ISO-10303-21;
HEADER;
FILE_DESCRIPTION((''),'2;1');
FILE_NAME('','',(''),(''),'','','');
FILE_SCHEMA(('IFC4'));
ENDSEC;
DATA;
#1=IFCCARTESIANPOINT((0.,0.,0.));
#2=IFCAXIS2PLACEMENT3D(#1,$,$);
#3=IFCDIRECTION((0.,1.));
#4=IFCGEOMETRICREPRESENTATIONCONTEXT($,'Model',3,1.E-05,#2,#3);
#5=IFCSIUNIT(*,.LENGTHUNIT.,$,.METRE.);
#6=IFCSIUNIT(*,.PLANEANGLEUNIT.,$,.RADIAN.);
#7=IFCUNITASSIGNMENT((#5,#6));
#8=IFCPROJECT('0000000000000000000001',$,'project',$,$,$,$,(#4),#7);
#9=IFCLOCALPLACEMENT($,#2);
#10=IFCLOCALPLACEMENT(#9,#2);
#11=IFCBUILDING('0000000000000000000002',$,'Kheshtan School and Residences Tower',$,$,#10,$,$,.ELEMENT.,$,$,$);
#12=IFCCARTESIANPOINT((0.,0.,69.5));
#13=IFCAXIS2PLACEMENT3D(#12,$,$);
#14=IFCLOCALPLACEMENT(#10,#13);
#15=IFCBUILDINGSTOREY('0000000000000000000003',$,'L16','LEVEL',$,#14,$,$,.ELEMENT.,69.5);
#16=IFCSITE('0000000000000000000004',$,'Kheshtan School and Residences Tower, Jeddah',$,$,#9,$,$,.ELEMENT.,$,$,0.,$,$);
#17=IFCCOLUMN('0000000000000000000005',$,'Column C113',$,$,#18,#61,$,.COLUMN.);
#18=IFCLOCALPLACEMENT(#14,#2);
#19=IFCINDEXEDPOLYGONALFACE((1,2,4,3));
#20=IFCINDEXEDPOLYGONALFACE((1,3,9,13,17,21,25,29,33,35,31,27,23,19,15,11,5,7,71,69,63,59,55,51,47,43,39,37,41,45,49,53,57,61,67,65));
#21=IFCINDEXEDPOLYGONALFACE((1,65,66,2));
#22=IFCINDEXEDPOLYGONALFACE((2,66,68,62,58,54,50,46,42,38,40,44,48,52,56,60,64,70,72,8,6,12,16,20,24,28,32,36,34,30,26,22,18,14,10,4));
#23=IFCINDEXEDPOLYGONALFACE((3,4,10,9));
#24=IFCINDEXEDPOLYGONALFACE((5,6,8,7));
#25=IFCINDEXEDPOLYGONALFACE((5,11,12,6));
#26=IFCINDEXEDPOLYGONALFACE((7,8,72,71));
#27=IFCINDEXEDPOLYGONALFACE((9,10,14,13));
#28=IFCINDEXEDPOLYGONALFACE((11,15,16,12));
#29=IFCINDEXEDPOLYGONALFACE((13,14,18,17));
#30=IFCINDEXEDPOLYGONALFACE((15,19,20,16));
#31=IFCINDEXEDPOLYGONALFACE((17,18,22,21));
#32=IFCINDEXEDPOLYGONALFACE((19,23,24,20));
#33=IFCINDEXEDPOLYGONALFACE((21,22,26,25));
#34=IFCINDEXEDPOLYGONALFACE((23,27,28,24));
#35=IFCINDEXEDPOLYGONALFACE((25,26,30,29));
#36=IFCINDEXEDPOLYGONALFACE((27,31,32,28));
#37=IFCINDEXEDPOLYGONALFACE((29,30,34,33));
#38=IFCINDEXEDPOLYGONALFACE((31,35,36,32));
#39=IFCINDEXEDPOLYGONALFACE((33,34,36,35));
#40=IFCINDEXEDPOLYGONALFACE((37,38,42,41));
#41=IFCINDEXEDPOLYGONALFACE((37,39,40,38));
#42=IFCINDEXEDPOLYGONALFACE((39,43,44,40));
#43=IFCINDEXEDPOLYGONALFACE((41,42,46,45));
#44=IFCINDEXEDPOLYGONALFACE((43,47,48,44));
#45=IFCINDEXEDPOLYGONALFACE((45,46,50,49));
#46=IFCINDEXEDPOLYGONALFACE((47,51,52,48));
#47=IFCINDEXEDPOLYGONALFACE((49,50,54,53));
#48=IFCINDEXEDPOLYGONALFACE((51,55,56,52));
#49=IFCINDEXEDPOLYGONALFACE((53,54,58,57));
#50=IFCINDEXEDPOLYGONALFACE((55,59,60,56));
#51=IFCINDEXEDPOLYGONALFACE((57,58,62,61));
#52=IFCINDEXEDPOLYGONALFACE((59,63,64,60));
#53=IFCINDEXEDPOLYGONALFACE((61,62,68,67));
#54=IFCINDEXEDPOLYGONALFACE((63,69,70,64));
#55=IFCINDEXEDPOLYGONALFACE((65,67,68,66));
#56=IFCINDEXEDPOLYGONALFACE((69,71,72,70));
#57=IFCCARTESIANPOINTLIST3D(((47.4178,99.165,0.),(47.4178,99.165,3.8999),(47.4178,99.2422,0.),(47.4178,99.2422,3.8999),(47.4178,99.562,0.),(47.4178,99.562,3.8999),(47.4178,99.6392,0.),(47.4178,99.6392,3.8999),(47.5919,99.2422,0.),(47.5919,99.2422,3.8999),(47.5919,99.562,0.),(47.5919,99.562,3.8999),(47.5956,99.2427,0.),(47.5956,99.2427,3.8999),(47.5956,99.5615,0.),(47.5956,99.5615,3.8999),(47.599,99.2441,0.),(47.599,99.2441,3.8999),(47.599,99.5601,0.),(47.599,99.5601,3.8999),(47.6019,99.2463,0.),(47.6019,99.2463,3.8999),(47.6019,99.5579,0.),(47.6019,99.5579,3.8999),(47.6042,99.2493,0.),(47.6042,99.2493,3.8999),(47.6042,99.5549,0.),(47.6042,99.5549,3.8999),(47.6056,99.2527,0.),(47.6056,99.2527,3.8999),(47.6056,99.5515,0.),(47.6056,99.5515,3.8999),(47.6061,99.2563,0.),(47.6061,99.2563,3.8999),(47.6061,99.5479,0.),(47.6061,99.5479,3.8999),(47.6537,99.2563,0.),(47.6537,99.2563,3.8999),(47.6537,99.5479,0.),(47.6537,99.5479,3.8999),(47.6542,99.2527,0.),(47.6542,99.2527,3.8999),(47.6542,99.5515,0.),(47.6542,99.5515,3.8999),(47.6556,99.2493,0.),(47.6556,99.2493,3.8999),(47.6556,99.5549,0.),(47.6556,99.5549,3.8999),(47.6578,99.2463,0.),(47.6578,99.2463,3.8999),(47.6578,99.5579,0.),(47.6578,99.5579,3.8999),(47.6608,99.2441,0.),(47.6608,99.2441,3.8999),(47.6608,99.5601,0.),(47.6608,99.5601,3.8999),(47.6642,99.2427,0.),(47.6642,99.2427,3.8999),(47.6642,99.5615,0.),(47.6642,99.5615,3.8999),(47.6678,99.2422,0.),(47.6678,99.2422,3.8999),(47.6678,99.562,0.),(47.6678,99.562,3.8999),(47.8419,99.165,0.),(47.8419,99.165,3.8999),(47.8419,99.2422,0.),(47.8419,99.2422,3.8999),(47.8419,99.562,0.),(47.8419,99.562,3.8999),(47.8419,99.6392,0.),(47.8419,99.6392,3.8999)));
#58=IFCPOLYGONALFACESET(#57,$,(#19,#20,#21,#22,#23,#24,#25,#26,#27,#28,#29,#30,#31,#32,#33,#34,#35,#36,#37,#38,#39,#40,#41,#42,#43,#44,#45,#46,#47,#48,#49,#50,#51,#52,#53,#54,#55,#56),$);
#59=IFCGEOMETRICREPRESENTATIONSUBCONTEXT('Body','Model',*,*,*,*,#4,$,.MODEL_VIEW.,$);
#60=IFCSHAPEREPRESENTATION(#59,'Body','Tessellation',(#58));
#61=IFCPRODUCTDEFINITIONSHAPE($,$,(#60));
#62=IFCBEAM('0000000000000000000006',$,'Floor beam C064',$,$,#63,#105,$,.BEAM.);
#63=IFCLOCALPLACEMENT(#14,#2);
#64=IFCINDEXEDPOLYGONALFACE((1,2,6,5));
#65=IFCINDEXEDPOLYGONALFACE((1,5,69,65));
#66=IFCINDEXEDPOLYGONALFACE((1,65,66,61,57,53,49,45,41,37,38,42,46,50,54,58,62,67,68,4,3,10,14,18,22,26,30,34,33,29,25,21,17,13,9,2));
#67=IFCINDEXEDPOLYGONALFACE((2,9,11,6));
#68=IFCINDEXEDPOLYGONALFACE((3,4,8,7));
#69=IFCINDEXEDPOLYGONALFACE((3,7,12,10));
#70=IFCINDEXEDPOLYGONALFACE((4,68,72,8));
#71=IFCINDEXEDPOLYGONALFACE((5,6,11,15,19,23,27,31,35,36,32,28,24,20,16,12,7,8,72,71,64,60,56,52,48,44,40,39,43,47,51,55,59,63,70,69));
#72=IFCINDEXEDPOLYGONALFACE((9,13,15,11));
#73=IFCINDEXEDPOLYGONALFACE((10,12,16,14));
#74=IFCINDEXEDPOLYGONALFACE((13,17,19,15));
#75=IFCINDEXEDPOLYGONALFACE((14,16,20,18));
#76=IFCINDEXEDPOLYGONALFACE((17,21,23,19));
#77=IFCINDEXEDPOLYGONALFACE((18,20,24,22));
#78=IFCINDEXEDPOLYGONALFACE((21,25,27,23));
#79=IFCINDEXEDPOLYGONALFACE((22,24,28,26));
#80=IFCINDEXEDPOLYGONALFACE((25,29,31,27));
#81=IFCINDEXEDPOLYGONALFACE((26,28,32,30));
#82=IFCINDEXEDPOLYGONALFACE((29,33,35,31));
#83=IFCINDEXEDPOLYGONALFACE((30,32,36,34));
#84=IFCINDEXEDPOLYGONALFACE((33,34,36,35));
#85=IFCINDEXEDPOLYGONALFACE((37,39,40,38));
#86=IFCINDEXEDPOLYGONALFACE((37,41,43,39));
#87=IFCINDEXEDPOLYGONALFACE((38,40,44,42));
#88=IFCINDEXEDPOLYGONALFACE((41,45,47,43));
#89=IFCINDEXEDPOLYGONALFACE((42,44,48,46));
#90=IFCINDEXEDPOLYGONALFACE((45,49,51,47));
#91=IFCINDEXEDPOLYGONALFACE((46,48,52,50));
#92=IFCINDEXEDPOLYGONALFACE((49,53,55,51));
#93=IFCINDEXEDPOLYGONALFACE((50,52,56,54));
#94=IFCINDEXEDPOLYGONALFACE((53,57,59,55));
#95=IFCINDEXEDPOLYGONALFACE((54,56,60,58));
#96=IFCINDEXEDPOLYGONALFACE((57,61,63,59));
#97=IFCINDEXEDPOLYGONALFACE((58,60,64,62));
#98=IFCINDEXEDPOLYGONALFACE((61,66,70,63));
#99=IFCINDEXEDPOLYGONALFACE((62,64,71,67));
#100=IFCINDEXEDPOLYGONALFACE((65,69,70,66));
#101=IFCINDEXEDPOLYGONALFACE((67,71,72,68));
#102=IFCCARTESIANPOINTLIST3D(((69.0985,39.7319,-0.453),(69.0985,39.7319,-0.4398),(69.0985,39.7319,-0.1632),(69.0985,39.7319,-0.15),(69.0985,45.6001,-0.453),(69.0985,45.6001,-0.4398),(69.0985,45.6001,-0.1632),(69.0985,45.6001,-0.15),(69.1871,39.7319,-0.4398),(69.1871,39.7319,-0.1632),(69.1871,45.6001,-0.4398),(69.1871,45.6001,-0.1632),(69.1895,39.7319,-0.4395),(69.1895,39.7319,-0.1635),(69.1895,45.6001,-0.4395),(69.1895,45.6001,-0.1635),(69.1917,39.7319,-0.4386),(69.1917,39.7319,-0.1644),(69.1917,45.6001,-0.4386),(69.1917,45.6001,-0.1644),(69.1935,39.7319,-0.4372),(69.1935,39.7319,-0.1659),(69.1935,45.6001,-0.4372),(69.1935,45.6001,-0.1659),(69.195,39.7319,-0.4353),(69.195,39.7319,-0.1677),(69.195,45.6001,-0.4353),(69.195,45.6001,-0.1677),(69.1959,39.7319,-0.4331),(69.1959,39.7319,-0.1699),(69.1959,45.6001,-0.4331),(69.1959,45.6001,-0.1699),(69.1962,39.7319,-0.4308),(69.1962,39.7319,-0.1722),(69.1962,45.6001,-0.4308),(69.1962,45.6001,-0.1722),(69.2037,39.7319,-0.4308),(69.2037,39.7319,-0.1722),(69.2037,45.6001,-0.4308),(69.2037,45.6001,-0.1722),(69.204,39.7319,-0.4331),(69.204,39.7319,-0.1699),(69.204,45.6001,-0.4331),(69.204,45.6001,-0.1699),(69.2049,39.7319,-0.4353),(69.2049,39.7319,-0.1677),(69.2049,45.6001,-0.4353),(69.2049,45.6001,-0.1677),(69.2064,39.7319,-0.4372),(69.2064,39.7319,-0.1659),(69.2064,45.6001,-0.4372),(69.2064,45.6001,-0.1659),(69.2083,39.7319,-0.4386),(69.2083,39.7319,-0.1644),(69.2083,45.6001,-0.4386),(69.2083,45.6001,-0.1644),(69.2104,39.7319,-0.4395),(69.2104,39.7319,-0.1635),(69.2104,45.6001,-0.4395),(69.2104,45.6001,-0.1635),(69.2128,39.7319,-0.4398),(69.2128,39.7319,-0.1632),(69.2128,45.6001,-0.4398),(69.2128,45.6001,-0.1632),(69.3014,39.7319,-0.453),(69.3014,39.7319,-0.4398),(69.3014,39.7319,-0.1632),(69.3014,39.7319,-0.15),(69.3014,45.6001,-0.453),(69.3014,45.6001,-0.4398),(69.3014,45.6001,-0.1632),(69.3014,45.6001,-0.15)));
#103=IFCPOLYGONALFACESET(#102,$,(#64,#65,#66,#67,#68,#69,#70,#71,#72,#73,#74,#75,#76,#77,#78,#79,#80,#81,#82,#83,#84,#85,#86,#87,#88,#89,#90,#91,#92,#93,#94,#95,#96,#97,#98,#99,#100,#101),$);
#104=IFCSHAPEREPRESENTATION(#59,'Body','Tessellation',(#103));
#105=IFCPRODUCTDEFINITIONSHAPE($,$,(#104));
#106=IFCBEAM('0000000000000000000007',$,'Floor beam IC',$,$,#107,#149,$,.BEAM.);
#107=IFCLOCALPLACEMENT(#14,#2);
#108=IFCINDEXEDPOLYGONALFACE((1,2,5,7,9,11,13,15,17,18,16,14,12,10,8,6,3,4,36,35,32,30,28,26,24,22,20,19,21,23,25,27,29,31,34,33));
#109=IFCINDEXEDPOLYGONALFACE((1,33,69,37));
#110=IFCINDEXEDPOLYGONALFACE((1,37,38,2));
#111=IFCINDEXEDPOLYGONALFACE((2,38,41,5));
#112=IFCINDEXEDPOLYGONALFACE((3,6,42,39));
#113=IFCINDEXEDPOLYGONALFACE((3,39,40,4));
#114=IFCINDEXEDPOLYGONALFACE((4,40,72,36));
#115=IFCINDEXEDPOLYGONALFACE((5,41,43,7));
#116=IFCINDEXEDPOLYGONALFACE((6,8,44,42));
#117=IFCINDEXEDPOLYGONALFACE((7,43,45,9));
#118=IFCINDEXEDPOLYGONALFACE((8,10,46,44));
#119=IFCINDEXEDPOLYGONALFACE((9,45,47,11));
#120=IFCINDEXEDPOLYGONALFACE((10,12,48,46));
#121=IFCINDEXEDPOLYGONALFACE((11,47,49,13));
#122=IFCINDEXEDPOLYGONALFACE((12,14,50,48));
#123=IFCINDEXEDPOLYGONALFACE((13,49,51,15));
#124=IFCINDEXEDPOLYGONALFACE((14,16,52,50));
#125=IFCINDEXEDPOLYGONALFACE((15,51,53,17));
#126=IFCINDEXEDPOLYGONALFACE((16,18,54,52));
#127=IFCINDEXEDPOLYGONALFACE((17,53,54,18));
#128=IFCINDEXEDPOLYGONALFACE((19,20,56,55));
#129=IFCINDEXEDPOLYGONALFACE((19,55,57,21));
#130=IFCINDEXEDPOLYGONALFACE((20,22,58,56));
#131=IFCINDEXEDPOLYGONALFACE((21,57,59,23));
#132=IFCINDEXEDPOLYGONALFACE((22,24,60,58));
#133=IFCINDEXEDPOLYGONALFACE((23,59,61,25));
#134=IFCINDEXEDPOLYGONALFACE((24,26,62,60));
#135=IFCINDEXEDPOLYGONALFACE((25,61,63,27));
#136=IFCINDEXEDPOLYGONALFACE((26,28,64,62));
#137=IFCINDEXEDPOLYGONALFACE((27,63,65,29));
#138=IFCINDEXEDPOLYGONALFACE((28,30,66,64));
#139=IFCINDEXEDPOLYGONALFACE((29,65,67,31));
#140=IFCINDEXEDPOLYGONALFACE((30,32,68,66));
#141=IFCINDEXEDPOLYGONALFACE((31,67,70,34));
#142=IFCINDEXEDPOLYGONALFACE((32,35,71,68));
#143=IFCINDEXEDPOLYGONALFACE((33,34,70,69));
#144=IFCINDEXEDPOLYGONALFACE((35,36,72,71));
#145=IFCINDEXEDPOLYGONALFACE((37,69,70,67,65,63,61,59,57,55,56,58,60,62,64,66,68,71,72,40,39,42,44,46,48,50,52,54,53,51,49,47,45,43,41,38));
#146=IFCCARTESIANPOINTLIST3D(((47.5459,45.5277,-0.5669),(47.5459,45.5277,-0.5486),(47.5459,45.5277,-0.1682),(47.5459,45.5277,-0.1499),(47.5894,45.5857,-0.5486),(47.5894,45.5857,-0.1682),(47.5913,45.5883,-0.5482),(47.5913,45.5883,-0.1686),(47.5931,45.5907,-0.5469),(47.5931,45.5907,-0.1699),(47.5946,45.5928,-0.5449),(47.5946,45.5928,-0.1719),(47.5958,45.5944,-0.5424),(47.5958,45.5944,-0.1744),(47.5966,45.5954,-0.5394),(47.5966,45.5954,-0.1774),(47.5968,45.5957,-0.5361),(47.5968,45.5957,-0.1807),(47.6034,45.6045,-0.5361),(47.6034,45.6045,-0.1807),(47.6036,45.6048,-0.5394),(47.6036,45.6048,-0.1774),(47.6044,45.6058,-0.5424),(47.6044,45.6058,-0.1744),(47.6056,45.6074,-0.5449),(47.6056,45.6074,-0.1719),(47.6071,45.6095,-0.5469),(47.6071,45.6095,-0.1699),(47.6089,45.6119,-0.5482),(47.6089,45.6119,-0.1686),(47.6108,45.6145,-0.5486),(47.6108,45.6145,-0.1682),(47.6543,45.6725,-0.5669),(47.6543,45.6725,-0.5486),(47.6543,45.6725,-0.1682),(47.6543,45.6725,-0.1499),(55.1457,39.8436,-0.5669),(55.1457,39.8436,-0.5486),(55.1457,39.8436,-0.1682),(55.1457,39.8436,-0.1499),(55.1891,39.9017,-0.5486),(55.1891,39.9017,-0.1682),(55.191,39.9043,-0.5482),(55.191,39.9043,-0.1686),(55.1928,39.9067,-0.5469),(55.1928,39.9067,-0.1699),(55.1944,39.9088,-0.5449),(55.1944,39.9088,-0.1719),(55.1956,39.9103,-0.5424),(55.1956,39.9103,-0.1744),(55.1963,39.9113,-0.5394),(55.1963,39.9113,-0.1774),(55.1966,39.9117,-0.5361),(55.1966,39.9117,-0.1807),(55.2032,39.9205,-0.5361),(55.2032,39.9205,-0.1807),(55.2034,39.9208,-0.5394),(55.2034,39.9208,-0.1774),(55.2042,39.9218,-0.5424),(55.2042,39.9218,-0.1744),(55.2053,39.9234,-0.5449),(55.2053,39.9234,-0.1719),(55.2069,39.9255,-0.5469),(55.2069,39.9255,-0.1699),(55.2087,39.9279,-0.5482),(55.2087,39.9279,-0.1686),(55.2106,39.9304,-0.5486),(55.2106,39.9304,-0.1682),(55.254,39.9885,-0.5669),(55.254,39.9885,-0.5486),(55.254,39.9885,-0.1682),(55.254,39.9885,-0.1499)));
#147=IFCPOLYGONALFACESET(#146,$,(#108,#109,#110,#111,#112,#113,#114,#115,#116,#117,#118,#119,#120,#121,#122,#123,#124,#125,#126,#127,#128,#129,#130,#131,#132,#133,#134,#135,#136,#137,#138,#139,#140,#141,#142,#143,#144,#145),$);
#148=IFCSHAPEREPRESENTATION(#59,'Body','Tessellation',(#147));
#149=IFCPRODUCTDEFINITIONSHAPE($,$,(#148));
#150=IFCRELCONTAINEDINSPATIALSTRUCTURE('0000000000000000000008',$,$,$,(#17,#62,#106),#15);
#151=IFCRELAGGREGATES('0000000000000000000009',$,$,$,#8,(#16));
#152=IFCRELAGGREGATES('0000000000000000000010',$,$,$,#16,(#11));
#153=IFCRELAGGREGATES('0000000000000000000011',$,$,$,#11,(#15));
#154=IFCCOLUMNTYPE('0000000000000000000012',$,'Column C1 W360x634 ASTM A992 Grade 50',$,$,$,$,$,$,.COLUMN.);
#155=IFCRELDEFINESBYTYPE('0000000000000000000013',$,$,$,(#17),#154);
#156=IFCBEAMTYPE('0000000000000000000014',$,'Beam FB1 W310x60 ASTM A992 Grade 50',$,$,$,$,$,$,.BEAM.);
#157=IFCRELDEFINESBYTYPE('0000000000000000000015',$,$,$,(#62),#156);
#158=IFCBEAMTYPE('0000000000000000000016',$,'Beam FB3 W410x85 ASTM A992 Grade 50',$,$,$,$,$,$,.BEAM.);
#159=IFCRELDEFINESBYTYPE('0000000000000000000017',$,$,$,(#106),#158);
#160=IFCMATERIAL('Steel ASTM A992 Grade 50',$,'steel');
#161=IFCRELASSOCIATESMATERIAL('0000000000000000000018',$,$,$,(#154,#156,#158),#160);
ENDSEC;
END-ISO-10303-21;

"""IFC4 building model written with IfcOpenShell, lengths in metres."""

from ifc_helpers import new_model, si_unit, direction, frame, origin, origin_2d, place, context, subcontext, project, spatial, i_section, extrude, material, material_profile, profile_set, type_object, element, save


model = new_model("IFC4")

# Units and contexts
model_context = context("Model", 3, precision=1e-05, world=origin(), true_north=direction((0.0, 1.0)))
body_context = subcontext(model_context, "Body", "Model", "MODEL_VIEW")
ifc_project = project(units=[si_unit("LENGTHUNIT", "METRE"), si_unit("PLANEANGLEUNIT", "RADIAN")], contexts=[model_context])

# Site, building, storey
site_placement = place(None, origin())
site = spatial("IfcSite", under=ifc_project, at=site_placement, Name="Kheshtan School and Residences Tower, Jeddah", CompositionType="ELEMENT", RefElevation=0.0)
building_placement = place(site_placement, origin())
building = spatial("IfcBuilding", under=site, at=building_placement, Name="Kheshtan School and Residences Tower", CompositionType="ELEMENT")
storey_placement = place(building_placement, frame((0.0, 0.0, 69.5)))
storey = spatial("IfcBuildingStorey", under=building, at=storey_placement, Name="L16", Description="LEVEL", CompositionType="ELEMENT", Elevation=69.5)

# Column
ifc_material_1 = material(Name="Steel ASTM A992 Grade 50", Category="steel")
ifc_material_profile_1 = material_profile(ifc_material_1, i_section(OverallWidth=0.4241, OverallDepth=0.4741, WebThickness=0.0476, FlangeThickness=0.0771, FilletRadius=0.0142, at=origin_2d()), Name="W360x634")
ifc_profile_set_1 = profile_set([ifc_material_profile_1], Name="Steel ASTM A992 Grade 50")
column_type = type_object("IfcColumnType", Name="Column C1 W360x634 ASTM A992 Grade 50", PredefinedType="COLUMN", material=ifc_profile_set_1)
for number, where, z_axis, x_axis, name in (
    (1, (47.6299, 99.4021, 0.0), (0.0, 0.0, 1.0), (1.0, 0.0, 0.0), "Column C113"),
):
    element("IfcColumn", number, at=place(storey_placement, frame(where, z_axis=z_axis, x_axis=x_axis)), inside=storey, type_object=column_type, Name=name, PredefinedType="COLUMN", context=body_context, shape_type="SweptSolid", body=[
        extrude(i_section(OverallWidth=0.4241, OverallDepth=0.4741, WebThickness=0.0476, FlangeThickness=0.0771, FilletRadius=0.0142, at=origin_2d()), origin(), (0.0, 0.0, 1.0), 3.8999),
    ])

# Beams
ifc_material_profile_2 = material_profile(ifc_material_1, i_section(OverallWidth=0.2029, OverallDepth=0.303, WebThickness=0.0076, FlangeThickness=0.0132, FilletRadius=0.009, at=origin_2d()), Name="W310x60")
ifc_profile_set_2 = profile_set([ifc_material_profile_2], Name="Steel ASTM A992 Grade 50")
beam_type_1 = type_object("IfcBeamType", Name="Beam FB1 W310x60 ASTM A992 Grade 50", PredefinedType="BEAM", material=ifc_profile_set_2)
beam_1_placement = place(storey_placement, frame((69.2, 45.6001, -0.3015), z_axis=(0.0, -1.0, 0.0), x_axis=(1.0, 0.0, 0.0)))
element("IfcBeam", 2, at=beam_1_placement, inside=storey, type_object=beam_type_1, Name="Floor beam C064", PredefinedType="BEAM", context=body_context, shape_type="SweptSolid", body=[
    extrude(i_section(OverallWidth=0.2029, OverallDepth=0.303, WebThickness=0.0076, FlangeThickness=0.0132, FilletRadius=0.009, at=origin_2d()), origin(), (0.0, 0.0, 1.0), 5.8682),
])
ifc_material_profile_3 = material_profile(ifc_material_1, i_section(OverallWidth=0.1809, OverallDepth=0.417, WebThickness=0.011, FlangeThickness=0.0183, FilletRadius=0.0125, at=origin_2d()), Name="W410x85")
ifc_profile_set_3 = profile_set([ifc_material_profile_3], Name="Steel ASTM A992 Grade 50")
beam_type_2 = type_object("IfcBeamType", Name="Beam FB3 W410x85 ASTM A992 Grade 50", PredefinedType="BEAM", material=ifc_profile_set_3)
beam_2_placement = place(storey_placement, frame((47.6001, 45.6001, -0.3584), z_axis=(0.800799, -0.598933, 0.0), x_axis=(0.598933, 0.800799, 0.0)))
element("IfcBeam", 3, at=beam_2_placement, inside=storey, type_object=beam_type_2, Name="Floor beam IC", PredefinedType="BEAM", context=body_context, shape_type="SweptSolid", body=[
    extrude(i_section(OverallWidth=0.1809, OverallDepth=0.417, WebThickness=0.011, FlangeThickness=0.0183, FilletRadius=0.0125, at=origin_2d()), origin(), (0.0, 0.0, 1.0), 9.4902),
])

save(model, "model.ifc")
